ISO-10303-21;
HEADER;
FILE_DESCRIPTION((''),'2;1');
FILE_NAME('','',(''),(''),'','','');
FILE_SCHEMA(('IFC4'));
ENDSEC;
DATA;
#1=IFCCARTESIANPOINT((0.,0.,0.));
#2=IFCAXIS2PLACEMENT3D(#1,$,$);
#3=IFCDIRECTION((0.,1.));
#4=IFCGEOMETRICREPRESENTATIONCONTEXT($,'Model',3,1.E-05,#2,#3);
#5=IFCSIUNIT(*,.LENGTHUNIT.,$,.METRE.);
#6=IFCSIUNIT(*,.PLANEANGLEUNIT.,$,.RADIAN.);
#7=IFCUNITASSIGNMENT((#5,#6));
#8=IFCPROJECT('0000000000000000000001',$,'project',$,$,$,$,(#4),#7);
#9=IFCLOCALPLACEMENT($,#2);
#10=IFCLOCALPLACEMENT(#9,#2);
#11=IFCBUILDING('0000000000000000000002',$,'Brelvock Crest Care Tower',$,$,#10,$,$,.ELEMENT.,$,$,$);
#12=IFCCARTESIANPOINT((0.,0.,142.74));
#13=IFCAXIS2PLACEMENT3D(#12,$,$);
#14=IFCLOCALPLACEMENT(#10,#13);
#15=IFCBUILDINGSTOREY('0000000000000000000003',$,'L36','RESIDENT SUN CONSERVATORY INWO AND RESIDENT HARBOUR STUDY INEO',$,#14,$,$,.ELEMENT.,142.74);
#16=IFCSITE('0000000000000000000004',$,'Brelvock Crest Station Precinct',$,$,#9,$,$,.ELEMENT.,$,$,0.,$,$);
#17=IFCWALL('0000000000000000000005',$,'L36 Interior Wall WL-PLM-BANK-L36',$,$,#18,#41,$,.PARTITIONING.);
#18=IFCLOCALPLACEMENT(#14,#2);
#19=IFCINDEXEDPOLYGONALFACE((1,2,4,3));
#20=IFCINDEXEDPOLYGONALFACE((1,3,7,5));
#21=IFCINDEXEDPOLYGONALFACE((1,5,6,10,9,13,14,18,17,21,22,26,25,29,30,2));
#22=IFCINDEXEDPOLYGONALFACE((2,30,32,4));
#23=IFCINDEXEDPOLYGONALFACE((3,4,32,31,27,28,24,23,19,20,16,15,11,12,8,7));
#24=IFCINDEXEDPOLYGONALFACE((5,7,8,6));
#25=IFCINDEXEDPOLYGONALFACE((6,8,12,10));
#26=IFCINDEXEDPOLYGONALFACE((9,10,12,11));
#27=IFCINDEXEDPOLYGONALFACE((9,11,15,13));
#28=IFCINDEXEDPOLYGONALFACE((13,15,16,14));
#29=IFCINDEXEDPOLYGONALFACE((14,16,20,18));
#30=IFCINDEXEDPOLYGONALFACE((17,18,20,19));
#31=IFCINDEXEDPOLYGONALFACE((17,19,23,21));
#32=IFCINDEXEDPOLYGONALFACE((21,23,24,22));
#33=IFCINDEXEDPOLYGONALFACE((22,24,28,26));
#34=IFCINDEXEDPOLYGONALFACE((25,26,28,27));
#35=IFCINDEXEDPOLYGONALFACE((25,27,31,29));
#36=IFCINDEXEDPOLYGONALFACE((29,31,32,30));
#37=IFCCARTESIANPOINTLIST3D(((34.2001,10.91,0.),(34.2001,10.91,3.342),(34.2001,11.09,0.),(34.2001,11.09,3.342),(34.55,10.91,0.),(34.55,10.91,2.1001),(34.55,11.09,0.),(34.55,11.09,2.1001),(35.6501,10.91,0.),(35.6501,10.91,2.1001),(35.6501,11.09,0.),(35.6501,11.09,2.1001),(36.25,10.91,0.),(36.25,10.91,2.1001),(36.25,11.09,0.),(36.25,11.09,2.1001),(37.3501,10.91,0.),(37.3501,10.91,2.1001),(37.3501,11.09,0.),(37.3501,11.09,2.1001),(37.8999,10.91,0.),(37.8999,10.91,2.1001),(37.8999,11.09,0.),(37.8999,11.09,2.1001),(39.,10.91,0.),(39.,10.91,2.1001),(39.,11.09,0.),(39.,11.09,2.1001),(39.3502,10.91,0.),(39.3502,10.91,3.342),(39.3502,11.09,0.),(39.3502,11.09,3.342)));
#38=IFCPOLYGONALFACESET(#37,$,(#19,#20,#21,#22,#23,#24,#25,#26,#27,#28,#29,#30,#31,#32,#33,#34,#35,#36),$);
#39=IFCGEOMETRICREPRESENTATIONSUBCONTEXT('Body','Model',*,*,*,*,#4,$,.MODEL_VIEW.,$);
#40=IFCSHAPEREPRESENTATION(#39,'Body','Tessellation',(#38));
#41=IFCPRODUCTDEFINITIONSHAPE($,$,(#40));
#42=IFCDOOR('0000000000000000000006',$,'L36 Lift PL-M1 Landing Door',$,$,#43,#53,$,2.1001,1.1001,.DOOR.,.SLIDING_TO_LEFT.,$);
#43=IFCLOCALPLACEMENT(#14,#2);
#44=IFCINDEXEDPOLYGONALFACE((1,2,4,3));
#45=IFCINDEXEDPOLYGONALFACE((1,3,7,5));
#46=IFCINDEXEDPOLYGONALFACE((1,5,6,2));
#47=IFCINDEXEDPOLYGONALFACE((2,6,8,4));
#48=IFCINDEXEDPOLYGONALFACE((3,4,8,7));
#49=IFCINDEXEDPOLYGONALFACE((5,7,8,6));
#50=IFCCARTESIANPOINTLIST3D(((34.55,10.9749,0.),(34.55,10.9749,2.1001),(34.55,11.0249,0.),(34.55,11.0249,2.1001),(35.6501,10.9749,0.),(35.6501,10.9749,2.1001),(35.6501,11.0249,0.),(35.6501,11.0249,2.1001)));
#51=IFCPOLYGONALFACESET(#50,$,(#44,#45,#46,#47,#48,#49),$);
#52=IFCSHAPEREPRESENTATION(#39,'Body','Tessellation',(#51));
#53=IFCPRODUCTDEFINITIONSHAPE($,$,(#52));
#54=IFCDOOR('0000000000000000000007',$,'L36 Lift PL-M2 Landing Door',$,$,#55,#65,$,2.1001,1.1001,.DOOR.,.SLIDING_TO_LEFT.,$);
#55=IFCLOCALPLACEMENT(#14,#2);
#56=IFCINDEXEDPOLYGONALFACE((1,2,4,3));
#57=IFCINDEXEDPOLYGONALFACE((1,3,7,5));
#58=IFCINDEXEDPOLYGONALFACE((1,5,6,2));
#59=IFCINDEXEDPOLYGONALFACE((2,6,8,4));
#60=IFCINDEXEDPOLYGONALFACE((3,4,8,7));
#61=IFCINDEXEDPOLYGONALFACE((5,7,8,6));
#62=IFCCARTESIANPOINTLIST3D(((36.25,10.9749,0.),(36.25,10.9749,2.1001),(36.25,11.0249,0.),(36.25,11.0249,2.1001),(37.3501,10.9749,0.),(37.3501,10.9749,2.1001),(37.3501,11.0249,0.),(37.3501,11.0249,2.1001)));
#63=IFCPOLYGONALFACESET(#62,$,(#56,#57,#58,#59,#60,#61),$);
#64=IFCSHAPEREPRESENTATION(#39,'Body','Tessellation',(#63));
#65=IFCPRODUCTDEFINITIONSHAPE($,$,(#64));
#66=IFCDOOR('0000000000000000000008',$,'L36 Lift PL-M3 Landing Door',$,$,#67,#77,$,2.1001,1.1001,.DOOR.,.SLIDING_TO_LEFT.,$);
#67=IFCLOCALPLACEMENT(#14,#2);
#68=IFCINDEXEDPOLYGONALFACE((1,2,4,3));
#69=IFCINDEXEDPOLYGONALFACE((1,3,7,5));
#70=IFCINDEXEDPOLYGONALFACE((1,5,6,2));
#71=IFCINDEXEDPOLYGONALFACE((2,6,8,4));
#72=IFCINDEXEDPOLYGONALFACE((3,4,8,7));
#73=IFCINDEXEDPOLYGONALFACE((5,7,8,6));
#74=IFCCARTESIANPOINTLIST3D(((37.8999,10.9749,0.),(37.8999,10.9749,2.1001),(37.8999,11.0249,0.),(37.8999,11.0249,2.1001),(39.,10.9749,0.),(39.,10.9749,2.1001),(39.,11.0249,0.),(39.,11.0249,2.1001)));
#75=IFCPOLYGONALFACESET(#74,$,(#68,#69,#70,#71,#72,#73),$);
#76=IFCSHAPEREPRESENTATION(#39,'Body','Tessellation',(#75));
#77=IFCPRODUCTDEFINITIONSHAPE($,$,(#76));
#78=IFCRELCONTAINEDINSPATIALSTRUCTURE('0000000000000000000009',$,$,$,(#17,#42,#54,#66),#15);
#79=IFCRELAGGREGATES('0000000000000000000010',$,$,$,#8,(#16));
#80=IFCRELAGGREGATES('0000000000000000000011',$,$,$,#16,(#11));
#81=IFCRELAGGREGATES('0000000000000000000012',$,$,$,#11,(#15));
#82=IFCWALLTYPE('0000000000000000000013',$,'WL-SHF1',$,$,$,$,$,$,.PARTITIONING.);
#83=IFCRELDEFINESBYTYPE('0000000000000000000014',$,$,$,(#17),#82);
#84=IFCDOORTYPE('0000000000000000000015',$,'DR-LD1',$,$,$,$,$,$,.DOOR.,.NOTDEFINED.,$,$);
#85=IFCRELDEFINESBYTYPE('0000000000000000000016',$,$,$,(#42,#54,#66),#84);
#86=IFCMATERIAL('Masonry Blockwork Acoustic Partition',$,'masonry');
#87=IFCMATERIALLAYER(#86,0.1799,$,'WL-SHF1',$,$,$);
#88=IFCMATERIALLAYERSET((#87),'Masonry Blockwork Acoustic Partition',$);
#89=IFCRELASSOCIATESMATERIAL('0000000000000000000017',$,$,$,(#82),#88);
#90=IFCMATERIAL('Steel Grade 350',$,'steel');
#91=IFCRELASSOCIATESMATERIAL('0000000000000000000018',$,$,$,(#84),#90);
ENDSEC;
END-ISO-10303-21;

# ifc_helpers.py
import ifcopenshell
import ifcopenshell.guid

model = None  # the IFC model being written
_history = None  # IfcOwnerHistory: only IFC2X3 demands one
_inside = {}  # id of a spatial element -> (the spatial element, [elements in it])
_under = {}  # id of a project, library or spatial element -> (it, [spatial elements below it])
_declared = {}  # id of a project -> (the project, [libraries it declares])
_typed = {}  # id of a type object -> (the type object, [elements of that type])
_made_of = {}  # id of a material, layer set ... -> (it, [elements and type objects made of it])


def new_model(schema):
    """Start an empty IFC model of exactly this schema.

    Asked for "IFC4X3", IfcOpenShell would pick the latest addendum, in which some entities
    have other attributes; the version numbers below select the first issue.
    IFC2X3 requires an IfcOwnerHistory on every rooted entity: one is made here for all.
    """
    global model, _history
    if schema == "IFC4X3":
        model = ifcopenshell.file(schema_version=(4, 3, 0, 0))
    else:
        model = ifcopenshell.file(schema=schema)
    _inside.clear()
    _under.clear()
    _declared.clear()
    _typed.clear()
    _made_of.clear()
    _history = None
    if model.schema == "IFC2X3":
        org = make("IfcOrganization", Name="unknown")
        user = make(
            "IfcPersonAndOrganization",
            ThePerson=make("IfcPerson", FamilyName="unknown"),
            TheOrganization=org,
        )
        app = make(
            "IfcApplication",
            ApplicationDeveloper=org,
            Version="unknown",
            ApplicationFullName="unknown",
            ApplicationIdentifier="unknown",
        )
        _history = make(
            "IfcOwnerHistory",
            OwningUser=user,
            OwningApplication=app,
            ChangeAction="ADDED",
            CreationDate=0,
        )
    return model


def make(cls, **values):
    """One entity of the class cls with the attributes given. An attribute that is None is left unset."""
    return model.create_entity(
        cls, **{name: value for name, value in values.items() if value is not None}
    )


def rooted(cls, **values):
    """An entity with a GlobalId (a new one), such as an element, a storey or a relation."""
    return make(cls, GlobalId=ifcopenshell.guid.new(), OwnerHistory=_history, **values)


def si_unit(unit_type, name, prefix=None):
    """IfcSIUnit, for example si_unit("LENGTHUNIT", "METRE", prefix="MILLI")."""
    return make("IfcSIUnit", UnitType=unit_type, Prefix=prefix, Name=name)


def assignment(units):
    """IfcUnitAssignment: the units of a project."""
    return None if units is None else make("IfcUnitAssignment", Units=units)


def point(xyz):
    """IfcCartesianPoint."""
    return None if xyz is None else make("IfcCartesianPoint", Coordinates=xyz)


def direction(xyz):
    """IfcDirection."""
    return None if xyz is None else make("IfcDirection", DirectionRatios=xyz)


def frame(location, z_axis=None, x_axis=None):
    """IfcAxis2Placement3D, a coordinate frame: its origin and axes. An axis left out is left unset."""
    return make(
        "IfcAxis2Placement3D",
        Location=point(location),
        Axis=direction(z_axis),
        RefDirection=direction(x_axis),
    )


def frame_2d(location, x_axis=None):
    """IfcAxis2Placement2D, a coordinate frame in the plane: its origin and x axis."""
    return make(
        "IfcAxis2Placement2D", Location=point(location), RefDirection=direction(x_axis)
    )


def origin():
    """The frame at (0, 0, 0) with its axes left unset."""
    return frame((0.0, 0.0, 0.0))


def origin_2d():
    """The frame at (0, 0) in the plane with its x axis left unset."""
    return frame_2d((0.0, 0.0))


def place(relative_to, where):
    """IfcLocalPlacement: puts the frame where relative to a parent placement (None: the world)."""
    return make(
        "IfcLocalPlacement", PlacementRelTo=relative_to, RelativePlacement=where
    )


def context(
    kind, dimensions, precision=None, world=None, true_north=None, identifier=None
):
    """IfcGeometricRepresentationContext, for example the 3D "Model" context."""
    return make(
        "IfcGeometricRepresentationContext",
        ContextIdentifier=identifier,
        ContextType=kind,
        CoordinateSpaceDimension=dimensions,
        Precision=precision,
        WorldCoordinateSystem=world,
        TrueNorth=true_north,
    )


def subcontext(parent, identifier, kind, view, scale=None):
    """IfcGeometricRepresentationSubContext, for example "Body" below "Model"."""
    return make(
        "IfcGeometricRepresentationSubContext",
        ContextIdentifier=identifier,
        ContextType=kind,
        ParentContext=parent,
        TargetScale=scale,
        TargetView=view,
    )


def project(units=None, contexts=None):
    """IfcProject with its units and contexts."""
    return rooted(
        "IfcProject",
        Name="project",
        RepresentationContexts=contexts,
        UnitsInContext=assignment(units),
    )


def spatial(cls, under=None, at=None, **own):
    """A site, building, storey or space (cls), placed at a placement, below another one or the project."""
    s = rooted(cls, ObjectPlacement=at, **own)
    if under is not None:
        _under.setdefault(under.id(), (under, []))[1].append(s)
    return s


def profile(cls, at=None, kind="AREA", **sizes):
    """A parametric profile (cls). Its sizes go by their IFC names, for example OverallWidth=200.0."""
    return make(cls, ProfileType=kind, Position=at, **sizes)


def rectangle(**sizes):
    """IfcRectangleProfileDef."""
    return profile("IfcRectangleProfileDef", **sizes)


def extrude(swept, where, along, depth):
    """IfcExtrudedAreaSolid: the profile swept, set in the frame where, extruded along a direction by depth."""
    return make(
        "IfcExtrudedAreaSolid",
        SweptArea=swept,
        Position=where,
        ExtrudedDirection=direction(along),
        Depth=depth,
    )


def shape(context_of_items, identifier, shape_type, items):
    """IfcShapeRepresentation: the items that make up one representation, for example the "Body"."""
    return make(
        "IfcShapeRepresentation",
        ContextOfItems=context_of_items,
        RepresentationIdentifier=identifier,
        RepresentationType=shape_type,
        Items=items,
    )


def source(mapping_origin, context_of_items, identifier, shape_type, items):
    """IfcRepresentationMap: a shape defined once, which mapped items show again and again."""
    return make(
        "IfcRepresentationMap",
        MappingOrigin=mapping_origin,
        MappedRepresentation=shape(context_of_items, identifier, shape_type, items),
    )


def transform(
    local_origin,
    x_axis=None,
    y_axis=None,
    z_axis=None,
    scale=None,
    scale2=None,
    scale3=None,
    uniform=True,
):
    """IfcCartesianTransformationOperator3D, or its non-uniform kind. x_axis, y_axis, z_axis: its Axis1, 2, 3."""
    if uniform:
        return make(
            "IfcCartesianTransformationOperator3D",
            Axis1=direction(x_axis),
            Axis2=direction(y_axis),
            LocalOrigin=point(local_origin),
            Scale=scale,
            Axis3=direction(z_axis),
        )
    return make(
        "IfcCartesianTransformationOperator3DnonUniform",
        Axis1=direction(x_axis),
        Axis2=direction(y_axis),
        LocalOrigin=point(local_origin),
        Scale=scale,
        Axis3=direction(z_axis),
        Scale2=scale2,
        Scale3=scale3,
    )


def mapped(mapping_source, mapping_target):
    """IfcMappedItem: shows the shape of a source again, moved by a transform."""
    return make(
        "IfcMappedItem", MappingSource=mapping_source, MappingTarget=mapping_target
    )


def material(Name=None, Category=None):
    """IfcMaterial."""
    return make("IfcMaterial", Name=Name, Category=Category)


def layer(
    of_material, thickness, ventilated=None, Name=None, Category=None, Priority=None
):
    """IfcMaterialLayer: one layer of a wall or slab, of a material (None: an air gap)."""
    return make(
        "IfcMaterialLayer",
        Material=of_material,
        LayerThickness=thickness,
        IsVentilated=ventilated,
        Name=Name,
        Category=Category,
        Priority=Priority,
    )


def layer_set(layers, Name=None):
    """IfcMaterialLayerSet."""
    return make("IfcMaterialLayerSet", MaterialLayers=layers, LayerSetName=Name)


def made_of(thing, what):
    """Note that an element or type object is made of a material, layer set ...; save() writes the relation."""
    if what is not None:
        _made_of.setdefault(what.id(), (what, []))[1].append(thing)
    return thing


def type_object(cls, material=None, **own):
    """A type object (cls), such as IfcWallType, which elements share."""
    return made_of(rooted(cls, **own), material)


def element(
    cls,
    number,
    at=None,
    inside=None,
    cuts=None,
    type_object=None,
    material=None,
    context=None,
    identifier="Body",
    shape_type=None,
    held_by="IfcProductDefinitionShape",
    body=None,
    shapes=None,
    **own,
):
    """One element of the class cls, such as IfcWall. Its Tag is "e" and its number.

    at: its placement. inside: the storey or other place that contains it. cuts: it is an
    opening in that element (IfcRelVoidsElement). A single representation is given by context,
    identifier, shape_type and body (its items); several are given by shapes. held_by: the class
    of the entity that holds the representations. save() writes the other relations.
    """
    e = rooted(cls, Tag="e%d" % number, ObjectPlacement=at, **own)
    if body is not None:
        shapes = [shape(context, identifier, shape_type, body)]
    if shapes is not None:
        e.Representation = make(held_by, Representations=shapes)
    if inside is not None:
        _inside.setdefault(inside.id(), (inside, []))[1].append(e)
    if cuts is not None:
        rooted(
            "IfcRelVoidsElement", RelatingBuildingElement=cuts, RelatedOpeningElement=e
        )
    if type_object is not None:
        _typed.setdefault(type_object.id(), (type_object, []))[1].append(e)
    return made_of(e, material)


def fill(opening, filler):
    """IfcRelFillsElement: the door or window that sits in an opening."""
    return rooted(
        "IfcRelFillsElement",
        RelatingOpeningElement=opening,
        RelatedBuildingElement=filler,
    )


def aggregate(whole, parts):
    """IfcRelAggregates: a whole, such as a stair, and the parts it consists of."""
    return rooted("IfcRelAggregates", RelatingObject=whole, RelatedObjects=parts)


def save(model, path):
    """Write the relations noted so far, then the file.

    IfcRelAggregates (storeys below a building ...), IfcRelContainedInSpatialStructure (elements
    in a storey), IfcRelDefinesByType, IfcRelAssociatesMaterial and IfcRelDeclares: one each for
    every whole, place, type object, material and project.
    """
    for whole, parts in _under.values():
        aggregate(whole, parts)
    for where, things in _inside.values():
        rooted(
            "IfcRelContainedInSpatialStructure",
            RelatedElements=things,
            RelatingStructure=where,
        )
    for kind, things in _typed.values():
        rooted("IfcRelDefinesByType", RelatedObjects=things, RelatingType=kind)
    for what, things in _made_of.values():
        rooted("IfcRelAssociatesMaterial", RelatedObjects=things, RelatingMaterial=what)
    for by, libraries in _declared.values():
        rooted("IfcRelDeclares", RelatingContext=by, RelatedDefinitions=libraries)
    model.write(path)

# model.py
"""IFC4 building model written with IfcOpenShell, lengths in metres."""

from ifc_helpers import new_model, si_unit, direction, frame, frame_2d, origin, origin_2d, place, context, subcontext, project, spatial, rectangle, extrude, source, transform, mapped, material, layer, layer_set, type_object, element, fill, save


model = new_model("IFC4")

# Units and contexts
model_context = context("Model", 3, precision=1e-05, world=origin(), true_north=direction((0.0, 1.0)))
body_context = subcontext(model_context, "Body", "Model", "MODEL_VIEW")
ifc_project = project(units=[si_unit("LENGTHUNIT", "METRE"), si_unit("PLANEANGLEUNIT", "RADIAN")], contexts=[model_context])

# Site, building, storey
site_placement = place(None, origin())
site = spatial("IfcSite", under=ifc_project, at=site_placement, Name="Brelvock Crest Station Precinct", CompositionType="ELEMENT", RefElevation=0.0)
building_placement = place(site_placement, origin())
building = spatial("IfcBuilding", under=site, at=building_placement, Name="Brelvock Crest Care Tower", CompositionType="ELEMENT")
storey_placement = place(building_placement, frame((0.0, 0.0, 142.74)))
storey = spatial("IfcBuildingStorey", under=building, at=storey_placement, Name="L36", Description="RESIDENT SUN CONSERVATORY INWO AND RESIDENT HARBOUR STUDY INEO", CompositionType="ELEMENT", Elevation=142.74)

# Shared definitions
ifc_material_1 = material(Name="Steel Grade 350", Category="steel")

# Shared definitions
ifc_material_2 = material(Name="Masonry Blockwork Acoustic Partition", Category="masonry")

# Shared definitions
ifc_layer_1 = layer(ifc_material_2, 0.1799, Name="WL-SHF1")
ifc_layer_set_1 = layer_set([ifc_layer_1], Name="Masonry Blockwork Acoustic Partition")
wall_type_1 = type_object("IfcWallType", Name="WL-SHF1", PredefinedType="PARTITIONING", material=ifc_layer_set_1)

# Wall, openings, doors
wall_1_placement = place(storey_placement, frame((34.2, 11.0, 0.0), z_axis=(0.0, 0.0, 1.0), x_axis=(1.0, 0.0, 0.0)))
wall_1 = element("IfcWall", 1, at=wall_1_placement, inside=storey, type_object=wall_type_1, Name="L36 Interior Wall WL-PLM-BANK-L36", PredefinedType="PARTITIONING", context=body_context, shape_type="SweptSolid", body=[
    extrude(rectangle(XDim=5.1501, YDim=0.1799, at=frame_2d((2.5752, 0.0))), origin(), (0.0, 0.0, 1.0), 3.342),
])
opening_1_placement = place(wall_1_placement, frame((0.3501, 0.0, 0.0)))
opening_1 = element("IfcOpeningElement", 2, at=opening_1_placement, cuts=wall_1, PredefinedType="OPENING", context=body_context, shape_type="SweptSolid", body=[
    extrude(rectangle(XDim=1.1001, YDim=2.1001, at=origin_2d()), frame((0.55, 0.1001, 1.05), z_axis=(0.0, -1.0, 0.0), x_axis=(1.0, 0.0, 0.0)), (0.0, 0.0, 1.0), 0.2),
])
opening_2_placement = place(wall_1_placement, frame((2.05, 0.0, 0.0)))
opening_2 = element("IfcOpeningElement", 3, at=opening_2_placement, cuts=wall_1, PredefinedType="OPENING", context=body_context, shape_type="SweptSolid", body=[
    extrude(rectangle(XDim=1.1001, YDim=2.1001, at=origin_2d()), frame((0.55, 0.1001, 1.05), z_axis=(0.0, -1.0, 0.0), x_axis=(1.0, 0.0, 0.0)), (0.0, 0.0, 1.0), 0.2),
])
opening_3_placement = place(wall_1_placement, frame((3.7, 0.0, 0.0)))
opening_3 = element("IfcOpeningElement", 4, at=opening_3_placement, cuts=wall_1, PredefinedType="OPENING", context=body_context, shape_type="SweptSolid", body=[
    extrude(rectangle(XDim=1.1001, YDim=2.1001, at=origin_2d()), frame((0.55, 0.1001, 1.05), z_axis=(0.0, -1.0, 0.0), x_axis=(1.0, 0.0, 0.0)), (0.0, 0.0, 1.0), 0.2),
])
door_type_1 = type_object("IfcDoorType", Name="DR-LD1", OperationType="NOTDEFINED", PredefinedType="DOOR", material=ifc_material_1)
shared_shape_1 = source(origin(), body_context, "Body", "SweptSolid", [
    extrude(rectangle(XDim=1.1001, YDim=2.1001, at=origin_2d()), frame((0.55, 0.0249, 1.05), z_axis=(0.0, -1.0, 0.0), x_axis=(1.0, 0.0, 0.0)), (0.0, 0.0, 1.0), 0.05),
])
door_1_placement = place(opening_1_placement, origin())
door_1 = element("IfcDoor", 5, at=door_1_placement, inside=storey, type_object=door_type_1, Name="L36 Lift PL-M1 Landing Door", OperationType="SLIDING_TO_LEFT", OverallHeight=2.1001, OverallWidth=1.1001, PredefinedType="DOOR", context=body_context, shape_type="MappedRepresentation", body=[
    mapped(shared_shape_1, transform((0.0, 0.0, 0.0), x_axis=(1.0, 0.0, 0.0), y_axis=(0.0, 1.0, 0.0), z_axis=(0.0, 0.0, 1.0), scale=1.0)),
])
fill(opening_1, door_1)
door_2_placement = place(opening_2_placement, origin())
door_2 = element("IfcDoor", 6, at=door_2_placement, inside=storey, type_object=door_type_1, Name="L36 Lift PL-M2 Landing Door", OperationType="SLIDING_TO_LEFT", OverallHeight=2.1001, OverallWidth=1.1001, PredefinedType="DOOR", context=body_context, shape_type="MappedRepresentation", body=[
    mapped(shared_shape_1, transform((0.0, 0.0, 0.0), x_axis=(1.0, 0.0, 0.0), y_axis=(0.0, 1.0, 0.0), z_axis=(0.0, 0.0, 1.0), scale=1.0)),
])
fill(opening_2, door_2)
door_3_placement = place(opening_3_placement, origin())
door_3 = element("IfcDoor", 7, at=door_3_placement, inside=storey, type_object=door_type_1, Name="L36 Lift PL-M3 Landing Door", OperationType="SLIDING_TO_LEFT", OverallHeight=2.1001, OverallWidth=1.1001, PredefinedType="DOOR", context=body_context, shape_type="MappedRepresentation", body=[
    mapped(shared_shape_1, transform((0.0, 0.0, 0.0), x_axis=(1.0, 0.0, 0.0), y_axis=(0.0, 1.0, 0.0), z_axis=(0.0, 0.0, 1.0), scale=1.0)),
])
fill(opening_3, door_3)

save(model, "model.ifc")
